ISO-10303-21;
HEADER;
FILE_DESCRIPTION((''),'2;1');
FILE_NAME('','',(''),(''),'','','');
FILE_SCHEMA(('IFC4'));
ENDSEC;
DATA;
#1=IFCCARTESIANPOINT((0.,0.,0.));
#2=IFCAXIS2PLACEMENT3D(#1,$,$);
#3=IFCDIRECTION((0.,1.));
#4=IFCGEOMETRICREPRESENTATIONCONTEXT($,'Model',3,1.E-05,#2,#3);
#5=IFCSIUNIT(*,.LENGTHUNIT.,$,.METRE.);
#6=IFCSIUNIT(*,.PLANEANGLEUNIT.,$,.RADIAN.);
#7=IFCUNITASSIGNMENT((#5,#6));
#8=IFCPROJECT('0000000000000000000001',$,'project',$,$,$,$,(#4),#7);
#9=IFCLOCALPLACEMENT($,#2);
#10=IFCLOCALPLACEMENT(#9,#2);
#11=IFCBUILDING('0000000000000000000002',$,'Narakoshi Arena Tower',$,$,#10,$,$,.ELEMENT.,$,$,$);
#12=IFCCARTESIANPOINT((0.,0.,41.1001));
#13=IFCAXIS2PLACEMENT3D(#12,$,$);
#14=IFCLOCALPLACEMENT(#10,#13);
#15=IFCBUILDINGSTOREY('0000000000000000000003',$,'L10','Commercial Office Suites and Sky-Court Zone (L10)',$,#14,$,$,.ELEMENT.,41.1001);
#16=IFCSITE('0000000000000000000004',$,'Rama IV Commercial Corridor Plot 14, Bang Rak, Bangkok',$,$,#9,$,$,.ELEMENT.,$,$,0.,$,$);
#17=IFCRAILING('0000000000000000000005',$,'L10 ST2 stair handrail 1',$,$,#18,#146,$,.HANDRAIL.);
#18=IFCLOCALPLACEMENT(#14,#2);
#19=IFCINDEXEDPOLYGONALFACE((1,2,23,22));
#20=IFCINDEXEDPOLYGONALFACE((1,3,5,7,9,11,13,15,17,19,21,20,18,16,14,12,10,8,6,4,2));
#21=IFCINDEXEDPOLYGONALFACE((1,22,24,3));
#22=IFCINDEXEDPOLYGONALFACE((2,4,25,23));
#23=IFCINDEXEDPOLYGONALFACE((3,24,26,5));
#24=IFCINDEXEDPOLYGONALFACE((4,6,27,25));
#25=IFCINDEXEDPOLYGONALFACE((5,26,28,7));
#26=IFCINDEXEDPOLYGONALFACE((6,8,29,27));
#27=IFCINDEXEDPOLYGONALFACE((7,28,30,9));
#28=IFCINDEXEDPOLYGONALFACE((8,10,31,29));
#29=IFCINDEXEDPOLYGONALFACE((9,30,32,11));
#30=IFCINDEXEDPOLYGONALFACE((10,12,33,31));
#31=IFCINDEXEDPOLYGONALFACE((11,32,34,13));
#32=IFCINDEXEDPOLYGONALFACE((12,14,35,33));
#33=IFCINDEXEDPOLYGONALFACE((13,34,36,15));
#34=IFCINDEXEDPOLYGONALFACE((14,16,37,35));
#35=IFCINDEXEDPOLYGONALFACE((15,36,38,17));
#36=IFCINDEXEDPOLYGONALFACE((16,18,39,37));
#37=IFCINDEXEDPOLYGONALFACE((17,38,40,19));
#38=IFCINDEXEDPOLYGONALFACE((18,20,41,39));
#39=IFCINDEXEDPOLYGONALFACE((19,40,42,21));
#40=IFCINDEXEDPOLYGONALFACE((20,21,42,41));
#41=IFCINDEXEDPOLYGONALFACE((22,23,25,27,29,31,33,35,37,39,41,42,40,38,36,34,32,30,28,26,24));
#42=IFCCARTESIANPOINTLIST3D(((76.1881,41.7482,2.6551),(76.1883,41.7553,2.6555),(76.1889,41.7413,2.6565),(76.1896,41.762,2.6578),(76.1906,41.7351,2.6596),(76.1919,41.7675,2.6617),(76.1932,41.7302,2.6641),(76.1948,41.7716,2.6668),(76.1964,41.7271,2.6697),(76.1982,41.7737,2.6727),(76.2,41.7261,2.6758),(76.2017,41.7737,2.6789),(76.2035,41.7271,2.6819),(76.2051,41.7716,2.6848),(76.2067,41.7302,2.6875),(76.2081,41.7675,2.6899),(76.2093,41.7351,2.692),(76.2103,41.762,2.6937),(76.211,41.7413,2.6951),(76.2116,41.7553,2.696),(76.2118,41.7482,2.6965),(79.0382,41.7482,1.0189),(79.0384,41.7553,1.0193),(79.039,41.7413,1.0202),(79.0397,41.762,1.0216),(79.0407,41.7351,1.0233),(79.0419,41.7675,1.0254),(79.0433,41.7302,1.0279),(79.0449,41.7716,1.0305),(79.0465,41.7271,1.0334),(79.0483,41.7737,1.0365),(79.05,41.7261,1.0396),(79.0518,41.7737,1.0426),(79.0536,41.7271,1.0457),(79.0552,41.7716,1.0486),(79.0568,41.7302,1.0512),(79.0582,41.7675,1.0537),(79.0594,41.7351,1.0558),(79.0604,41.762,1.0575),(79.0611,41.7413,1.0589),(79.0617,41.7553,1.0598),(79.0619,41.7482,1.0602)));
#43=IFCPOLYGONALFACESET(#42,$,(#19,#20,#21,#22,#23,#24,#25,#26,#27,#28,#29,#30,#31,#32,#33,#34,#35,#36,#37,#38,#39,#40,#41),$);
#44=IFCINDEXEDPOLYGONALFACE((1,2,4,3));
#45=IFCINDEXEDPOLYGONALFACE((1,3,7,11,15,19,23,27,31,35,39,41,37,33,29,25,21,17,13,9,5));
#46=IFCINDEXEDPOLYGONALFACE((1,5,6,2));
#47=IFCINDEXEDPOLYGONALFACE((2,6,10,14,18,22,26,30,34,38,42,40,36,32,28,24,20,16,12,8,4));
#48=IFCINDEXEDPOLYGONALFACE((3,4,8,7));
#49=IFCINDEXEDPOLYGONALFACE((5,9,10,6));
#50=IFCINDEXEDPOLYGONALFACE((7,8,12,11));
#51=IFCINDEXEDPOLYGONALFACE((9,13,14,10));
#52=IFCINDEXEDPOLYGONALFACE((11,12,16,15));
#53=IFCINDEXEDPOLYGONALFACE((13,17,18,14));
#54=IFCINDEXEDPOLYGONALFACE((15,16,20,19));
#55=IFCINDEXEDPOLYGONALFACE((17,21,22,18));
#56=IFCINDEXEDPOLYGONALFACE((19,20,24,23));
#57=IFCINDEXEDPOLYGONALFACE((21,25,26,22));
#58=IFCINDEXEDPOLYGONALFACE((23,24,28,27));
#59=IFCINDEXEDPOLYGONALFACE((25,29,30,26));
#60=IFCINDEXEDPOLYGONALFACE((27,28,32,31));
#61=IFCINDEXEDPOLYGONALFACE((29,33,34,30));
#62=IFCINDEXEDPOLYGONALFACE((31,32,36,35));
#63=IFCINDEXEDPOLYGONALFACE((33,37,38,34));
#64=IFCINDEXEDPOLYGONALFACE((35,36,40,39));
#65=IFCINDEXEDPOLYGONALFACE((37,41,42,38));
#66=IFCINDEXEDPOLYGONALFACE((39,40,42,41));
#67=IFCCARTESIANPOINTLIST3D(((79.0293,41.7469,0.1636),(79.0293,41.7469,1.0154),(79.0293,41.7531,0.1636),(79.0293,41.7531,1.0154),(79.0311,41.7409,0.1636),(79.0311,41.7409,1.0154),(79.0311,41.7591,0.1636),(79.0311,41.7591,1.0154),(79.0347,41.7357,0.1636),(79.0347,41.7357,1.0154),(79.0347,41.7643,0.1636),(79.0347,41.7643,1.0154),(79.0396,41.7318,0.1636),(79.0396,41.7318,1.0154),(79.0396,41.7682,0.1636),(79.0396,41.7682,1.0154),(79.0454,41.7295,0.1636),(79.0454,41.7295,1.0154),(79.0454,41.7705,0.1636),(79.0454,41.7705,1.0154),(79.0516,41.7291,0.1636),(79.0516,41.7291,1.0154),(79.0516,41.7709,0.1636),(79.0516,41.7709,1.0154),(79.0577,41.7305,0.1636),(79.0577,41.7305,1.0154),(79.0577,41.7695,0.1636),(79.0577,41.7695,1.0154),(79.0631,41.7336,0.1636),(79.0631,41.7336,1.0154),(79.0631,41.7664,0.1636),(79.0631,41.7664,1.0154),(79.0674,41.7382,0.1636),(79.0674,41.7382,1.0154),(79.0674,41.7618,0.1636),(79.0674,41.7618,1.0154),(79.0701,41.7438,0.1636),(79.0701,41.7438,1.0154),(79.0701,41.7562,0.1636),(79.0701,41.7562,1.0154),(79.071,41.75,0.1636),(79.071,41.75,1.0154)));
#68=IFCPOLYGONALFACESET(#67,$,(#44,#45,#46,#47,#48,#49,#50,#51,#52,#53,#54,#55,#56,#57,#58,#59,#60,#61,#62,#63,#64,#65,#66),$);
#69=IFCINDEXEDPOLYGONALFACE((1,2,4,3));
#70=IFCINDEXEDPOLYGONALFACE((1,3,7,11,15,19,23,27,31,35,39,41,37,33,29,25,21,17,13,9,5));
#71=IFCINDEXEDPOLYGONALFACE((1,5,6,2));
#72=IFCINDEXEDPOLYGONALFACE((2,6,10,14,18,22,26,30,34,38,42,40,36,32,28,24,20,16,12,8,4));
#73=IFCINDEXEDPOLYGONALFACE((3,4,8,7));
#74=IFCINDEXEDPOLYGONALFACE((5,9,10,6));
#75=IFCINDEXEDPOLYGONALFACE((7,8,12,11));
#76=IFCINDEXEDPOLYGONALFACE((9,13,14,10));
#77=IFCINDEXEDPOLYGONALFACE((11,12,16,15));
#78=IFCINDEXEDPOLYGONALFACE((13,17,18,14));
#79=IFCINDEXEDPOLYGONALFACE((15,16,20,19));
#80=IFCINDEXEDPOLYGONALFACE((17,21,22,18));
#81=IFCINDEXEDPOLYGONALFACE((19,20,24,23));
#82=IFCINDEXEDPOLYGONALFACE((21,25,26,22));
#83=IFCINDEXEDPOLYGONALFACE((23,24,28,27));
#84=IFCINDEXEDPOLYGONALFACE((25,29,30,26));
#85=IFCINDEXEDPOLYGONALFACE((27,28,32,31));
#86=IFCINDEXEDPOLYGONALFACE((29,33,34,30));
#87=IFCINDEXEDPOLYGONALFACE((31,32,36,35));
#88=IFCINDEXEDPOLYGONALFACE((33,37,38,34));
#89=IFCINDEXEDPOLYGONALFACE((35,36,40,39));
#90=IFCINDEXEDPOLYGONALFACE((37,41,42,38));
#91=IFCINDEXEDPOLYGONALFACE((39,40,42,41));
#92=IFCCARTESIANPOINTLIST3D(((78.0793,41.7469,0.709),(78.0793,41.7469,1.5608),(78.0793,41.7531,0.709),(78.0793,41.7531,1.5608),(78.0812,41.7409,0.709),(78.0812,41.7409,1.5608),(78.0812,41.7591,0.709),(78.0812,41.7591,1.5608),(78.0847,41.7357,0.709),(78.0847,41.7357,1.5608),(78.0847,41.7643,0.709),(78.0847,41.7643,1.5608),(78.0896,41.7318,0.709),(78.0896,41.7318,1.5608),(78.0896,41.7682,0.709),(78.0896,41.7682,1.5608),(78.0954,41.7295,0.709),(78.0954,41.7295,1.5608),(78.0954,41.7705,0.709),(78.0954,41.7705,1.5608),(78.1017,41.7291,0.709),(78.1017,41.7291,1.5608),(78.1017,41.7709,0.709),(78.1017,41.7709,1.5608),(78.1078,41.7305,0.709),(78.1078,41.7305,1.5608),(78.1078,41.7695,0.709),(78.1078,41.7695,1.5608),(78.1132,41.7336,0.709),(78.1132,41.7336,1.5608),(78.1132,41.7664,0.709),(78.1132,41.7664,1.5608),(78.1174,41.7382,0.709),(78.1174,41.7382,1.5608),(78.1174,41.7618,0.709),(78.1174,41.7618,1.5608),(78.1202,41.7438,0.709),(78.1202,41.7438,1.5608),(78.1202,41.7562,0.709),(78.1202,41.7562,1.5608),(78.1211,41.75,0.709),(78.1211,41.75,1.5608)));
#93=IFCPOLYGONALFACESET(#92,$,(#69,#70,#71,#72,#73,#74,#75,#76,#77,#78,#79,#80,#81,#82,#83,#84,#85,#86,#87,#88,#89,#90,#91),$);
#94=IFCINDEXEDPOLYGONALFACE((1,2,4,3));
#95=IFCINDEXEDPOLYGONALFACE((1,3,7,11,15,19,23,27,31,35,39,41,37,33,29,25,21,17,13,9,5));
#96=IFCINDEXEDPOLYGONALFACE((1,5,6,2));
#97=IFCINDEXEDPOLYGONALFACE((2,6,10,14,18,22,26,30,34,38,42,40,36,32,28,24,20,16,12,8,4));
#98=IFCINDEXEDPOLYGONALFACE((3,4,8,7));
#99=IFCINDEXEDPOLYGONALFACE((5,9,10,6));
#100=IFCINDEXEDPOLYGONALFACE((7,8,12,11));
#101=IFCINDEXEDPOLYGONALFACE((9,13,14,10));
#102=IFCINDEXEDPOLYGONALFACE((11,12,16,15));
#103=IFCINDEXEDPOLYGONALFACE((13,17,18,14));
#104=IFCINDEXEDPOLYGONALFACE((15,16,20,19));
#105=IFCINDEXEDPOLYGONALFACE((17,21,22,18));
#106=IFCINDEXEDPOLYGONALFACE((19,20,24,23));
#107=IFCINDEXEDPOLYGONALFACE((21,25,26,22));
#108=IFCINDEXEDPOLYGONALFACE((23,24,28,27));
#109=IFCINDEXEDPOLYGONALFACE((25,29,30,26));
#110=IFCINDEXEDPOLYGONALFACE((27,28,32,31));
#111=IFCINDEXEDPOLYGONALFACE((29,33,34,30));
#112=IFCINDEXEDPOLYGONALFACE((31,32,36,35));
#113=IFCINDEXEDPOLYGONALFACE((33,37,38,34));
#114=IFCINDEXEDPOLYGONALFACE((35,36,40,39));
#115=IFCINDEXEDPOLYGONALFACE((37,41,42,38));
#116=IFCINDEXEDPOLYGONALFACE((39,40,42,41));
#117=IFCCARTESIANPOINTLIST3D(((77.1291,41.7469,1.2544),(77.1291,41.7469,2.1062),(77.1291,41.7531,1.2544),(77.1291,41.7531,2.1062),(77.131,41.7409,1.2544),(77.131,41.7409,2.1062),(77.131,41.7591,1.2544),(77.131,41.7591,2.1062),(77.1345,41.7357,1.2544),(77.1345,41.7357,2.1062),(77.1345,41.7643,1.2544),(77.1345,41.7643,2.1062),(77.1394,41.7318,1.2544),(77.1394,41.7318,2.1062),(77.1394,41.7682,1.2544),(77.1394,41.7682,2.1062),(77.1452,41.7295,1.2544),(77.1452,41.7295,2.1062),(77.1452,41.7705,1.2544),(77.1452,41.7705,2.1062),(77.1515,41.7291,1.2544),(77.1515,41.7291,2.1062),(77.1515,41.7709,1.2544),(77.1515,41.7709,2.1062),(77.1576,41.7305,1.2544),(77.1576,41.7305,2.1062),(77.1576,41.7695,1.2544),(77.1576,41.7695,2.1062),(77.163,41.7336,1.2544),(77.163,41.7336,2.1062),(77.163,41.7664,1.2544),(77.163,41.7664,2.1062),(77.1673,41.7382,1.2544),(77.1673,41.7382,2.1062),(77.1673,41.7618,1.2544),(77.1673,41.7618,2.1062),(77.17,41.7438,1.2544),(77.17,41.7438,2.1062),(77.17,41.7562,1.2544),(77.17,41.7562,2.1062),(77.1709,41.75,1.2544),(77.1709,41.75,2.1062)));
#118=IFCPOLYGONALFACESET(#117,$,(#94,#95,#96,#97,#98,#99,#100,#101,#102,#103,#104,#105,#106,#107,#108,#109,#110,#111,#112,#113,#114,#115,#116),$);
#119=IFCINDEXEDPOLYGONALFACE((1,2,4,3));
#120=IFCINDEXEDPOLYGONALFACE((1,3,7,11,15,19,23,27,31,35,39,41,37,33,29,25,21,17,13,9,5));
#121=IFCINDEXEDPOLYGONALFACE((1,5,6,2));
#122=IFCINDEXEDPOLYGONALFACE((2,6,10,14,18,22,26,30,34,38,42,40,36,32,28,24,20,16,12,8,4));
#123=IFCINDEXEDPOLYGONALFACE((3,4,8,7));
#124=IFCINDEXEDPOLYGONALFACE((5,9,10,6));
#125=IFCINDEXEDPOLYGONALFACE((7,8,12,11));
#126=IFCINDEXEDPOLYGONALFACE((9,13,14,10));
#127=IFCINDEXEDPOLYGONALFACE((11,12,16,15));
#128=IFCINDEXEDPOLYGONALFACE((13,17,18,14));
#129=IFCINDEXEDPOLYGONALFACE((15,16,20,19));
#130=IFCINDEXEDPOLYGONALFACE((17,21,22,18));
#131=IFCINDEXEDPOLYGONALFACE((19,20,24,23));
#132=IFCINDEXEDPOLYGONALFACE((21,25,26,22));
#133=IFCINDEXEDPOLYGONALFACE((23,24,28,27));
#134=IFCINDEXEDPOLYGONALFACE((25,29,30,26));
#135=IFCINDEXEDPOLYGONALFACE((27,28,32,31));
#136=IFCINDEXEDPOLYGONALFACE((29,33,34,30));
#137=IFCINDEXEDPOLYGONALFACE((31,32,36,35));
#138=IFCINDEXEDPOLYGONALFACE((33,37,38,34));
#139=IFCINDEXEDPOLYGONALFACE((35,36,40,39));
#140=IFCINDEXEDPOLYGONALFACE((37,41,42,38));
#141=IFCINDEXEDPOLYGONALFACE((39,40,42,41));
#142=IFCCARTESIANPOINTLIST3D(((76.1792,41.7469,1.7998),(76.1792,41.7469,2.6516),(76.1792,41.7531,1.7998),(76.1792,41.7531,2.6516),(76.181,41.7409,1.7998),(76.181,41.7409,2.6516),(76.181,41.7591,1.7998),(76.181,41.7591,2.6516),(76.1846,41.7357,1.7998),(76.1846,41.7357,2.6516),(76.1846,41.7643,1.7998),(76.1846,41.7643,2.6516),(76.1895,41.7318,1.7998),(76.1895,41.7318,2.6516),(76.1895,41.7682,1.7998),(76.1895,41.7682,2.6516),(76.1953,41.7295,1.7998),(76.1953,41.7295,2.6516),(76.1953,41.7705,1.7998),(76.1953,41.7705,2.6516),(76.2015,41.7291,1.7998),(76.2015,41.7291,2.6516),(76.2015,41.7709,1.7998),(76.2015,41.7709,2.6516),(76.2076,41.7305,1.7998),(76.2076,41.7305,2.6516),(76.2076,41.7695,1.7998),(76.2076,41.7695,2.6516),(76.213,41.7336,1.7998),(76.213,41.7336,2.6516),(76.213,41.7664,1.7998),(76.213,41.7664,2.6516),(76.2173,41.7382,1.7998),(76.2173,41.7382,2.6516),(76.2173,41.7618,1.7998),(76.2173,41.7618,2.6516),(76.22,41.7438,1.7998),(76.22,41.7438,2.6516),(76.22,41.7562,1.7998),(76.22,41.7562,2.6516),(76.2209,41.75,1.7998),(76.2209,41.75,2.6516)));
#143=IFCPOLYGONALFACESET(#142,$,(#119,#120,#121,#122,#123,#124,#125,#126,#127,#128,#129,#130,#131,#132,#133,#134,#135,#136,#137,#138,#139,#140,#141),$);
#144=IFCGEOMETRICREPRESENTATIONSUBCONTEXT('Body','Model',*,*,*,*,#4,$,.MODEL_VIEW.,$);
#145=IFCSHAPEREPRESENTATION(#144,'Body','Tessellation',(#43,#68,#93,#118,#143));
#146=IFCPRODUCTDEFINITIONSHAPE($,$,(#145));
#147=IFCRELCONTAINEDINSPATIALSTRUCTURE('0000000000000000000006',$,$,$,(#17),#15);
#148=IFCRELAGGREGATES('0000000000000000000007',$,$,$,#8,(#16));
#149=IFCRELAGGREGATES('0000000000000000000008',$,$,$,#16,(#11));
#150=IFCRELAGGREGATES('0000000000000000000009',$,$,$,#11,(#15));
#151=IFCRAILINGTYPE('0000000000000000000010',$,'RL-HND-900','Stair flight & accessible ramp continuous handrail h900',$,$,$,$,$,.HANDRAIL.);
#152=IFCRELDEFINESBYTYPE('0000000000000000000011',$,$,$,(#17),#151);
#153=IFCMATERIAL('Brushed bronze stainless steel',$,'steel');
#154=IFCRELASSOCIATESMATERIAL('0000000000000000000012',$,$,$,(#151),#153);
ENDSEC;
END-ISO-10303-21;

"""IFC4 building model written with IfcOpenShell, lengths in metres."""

from ifc_helpers import new_model, si_unit, direction, frame, origin, origin_2d, place, context, subcontext, project, spatial, circle, extrude, material, type_object, element, save


model = new_model("IFC4")

# Units and contexts
model_context = context("Model", 3, precision=1e-05, world=origin(), true_north=direction((0.0, 1.0)))
body_context = subcontext(model_context, "Body", "Model", "MODEL_VIEW")
ifc_project = project(units=[si_unit("LENGTHUNIT", "METRE"), si_unit("PLANEANGLEUNIT", "RADIAN")], contexts=[model_context])

# Site, building, storey
site_placement = place(None, origin())
site = spatial("IfcSite", under=ifc_project, at=site_placement, Name="Rama IV Commercial Corridor Plot 14, Bang Rak, Bangkok", CompositionType="ELEMENT", RefElevation=0.0)
building_placement = place(site_placement, origin())
building = spatial("IfcBuilding", under=site, at=building_placement, Name="Narakoshi Arena Tower", CompositionType="ELEMENT")
storey_placement = place(building_placement, frame((0.0, 0.0, 41.1001)))
storey = spatial("IfcBuildingStorey", under=building, at=storey_placement, Name="L10", Description="Commercial Office Suites and Sky-Court Zone (L10)", CompositionType="ELEMENT", Elevation=41.1001)

# Shared definitions
ifc_material_1 = material(Name="Brushed bronze stainless steel", Category="steel")

# Railing
railing_type_1 = type_object("IfcRailingType", Name="RL-HND-900", Description="Stair flight & accessible ramp continuous handrail h900", PredefinedType="HANDRAIL", material=ifc_material_1)
for number, where, name in (
    (1, (79.05, 41.75, 0.1636), "L10 ST2 stair handrail 1"),
):
    element("IfcRailing", number, at=place(storey_placement, frame(where)), inside=storey, type_object=railing_type_1, Name=name, PredefinedType="HANDRAIL", context=body_context, shape_type="SweptSolid", body=[
        extrude(circle(Radius=0.0239, at=origin_2d()), frame((0.0, 0.0, 0.876), z_axis=(-0.867245, 0.0, 0.497882), x_axis=(0.0, -1.0, 0.0)), (0.0, 0.0, 1.0), 3.2864),
        extrude(circle(Radius=0.021, at=origin_2d()), origin(), (0.0, 0.0, 1.0), 0.8518),
        extrude(circle(Radius=0.021, at=origin_2d()), frame((-0.95, 0.0, 0.5454)), (0.0, 0.0, 1.0), 0.8518),
        extrude(circle(Radius=0.021, at=origin_2d()), frame((-1.9001, 0.0, 1.0908)), (0.0, 0.0, 1.0), 0.8518),
        extrude(circle(Radius=0.021, at=origin_2d()), frame((-2.8501, 0.0, 1.6362)), (0.0, 0.0, 1.0), 0.8518),
    ])

save(model, "model.ifc")
